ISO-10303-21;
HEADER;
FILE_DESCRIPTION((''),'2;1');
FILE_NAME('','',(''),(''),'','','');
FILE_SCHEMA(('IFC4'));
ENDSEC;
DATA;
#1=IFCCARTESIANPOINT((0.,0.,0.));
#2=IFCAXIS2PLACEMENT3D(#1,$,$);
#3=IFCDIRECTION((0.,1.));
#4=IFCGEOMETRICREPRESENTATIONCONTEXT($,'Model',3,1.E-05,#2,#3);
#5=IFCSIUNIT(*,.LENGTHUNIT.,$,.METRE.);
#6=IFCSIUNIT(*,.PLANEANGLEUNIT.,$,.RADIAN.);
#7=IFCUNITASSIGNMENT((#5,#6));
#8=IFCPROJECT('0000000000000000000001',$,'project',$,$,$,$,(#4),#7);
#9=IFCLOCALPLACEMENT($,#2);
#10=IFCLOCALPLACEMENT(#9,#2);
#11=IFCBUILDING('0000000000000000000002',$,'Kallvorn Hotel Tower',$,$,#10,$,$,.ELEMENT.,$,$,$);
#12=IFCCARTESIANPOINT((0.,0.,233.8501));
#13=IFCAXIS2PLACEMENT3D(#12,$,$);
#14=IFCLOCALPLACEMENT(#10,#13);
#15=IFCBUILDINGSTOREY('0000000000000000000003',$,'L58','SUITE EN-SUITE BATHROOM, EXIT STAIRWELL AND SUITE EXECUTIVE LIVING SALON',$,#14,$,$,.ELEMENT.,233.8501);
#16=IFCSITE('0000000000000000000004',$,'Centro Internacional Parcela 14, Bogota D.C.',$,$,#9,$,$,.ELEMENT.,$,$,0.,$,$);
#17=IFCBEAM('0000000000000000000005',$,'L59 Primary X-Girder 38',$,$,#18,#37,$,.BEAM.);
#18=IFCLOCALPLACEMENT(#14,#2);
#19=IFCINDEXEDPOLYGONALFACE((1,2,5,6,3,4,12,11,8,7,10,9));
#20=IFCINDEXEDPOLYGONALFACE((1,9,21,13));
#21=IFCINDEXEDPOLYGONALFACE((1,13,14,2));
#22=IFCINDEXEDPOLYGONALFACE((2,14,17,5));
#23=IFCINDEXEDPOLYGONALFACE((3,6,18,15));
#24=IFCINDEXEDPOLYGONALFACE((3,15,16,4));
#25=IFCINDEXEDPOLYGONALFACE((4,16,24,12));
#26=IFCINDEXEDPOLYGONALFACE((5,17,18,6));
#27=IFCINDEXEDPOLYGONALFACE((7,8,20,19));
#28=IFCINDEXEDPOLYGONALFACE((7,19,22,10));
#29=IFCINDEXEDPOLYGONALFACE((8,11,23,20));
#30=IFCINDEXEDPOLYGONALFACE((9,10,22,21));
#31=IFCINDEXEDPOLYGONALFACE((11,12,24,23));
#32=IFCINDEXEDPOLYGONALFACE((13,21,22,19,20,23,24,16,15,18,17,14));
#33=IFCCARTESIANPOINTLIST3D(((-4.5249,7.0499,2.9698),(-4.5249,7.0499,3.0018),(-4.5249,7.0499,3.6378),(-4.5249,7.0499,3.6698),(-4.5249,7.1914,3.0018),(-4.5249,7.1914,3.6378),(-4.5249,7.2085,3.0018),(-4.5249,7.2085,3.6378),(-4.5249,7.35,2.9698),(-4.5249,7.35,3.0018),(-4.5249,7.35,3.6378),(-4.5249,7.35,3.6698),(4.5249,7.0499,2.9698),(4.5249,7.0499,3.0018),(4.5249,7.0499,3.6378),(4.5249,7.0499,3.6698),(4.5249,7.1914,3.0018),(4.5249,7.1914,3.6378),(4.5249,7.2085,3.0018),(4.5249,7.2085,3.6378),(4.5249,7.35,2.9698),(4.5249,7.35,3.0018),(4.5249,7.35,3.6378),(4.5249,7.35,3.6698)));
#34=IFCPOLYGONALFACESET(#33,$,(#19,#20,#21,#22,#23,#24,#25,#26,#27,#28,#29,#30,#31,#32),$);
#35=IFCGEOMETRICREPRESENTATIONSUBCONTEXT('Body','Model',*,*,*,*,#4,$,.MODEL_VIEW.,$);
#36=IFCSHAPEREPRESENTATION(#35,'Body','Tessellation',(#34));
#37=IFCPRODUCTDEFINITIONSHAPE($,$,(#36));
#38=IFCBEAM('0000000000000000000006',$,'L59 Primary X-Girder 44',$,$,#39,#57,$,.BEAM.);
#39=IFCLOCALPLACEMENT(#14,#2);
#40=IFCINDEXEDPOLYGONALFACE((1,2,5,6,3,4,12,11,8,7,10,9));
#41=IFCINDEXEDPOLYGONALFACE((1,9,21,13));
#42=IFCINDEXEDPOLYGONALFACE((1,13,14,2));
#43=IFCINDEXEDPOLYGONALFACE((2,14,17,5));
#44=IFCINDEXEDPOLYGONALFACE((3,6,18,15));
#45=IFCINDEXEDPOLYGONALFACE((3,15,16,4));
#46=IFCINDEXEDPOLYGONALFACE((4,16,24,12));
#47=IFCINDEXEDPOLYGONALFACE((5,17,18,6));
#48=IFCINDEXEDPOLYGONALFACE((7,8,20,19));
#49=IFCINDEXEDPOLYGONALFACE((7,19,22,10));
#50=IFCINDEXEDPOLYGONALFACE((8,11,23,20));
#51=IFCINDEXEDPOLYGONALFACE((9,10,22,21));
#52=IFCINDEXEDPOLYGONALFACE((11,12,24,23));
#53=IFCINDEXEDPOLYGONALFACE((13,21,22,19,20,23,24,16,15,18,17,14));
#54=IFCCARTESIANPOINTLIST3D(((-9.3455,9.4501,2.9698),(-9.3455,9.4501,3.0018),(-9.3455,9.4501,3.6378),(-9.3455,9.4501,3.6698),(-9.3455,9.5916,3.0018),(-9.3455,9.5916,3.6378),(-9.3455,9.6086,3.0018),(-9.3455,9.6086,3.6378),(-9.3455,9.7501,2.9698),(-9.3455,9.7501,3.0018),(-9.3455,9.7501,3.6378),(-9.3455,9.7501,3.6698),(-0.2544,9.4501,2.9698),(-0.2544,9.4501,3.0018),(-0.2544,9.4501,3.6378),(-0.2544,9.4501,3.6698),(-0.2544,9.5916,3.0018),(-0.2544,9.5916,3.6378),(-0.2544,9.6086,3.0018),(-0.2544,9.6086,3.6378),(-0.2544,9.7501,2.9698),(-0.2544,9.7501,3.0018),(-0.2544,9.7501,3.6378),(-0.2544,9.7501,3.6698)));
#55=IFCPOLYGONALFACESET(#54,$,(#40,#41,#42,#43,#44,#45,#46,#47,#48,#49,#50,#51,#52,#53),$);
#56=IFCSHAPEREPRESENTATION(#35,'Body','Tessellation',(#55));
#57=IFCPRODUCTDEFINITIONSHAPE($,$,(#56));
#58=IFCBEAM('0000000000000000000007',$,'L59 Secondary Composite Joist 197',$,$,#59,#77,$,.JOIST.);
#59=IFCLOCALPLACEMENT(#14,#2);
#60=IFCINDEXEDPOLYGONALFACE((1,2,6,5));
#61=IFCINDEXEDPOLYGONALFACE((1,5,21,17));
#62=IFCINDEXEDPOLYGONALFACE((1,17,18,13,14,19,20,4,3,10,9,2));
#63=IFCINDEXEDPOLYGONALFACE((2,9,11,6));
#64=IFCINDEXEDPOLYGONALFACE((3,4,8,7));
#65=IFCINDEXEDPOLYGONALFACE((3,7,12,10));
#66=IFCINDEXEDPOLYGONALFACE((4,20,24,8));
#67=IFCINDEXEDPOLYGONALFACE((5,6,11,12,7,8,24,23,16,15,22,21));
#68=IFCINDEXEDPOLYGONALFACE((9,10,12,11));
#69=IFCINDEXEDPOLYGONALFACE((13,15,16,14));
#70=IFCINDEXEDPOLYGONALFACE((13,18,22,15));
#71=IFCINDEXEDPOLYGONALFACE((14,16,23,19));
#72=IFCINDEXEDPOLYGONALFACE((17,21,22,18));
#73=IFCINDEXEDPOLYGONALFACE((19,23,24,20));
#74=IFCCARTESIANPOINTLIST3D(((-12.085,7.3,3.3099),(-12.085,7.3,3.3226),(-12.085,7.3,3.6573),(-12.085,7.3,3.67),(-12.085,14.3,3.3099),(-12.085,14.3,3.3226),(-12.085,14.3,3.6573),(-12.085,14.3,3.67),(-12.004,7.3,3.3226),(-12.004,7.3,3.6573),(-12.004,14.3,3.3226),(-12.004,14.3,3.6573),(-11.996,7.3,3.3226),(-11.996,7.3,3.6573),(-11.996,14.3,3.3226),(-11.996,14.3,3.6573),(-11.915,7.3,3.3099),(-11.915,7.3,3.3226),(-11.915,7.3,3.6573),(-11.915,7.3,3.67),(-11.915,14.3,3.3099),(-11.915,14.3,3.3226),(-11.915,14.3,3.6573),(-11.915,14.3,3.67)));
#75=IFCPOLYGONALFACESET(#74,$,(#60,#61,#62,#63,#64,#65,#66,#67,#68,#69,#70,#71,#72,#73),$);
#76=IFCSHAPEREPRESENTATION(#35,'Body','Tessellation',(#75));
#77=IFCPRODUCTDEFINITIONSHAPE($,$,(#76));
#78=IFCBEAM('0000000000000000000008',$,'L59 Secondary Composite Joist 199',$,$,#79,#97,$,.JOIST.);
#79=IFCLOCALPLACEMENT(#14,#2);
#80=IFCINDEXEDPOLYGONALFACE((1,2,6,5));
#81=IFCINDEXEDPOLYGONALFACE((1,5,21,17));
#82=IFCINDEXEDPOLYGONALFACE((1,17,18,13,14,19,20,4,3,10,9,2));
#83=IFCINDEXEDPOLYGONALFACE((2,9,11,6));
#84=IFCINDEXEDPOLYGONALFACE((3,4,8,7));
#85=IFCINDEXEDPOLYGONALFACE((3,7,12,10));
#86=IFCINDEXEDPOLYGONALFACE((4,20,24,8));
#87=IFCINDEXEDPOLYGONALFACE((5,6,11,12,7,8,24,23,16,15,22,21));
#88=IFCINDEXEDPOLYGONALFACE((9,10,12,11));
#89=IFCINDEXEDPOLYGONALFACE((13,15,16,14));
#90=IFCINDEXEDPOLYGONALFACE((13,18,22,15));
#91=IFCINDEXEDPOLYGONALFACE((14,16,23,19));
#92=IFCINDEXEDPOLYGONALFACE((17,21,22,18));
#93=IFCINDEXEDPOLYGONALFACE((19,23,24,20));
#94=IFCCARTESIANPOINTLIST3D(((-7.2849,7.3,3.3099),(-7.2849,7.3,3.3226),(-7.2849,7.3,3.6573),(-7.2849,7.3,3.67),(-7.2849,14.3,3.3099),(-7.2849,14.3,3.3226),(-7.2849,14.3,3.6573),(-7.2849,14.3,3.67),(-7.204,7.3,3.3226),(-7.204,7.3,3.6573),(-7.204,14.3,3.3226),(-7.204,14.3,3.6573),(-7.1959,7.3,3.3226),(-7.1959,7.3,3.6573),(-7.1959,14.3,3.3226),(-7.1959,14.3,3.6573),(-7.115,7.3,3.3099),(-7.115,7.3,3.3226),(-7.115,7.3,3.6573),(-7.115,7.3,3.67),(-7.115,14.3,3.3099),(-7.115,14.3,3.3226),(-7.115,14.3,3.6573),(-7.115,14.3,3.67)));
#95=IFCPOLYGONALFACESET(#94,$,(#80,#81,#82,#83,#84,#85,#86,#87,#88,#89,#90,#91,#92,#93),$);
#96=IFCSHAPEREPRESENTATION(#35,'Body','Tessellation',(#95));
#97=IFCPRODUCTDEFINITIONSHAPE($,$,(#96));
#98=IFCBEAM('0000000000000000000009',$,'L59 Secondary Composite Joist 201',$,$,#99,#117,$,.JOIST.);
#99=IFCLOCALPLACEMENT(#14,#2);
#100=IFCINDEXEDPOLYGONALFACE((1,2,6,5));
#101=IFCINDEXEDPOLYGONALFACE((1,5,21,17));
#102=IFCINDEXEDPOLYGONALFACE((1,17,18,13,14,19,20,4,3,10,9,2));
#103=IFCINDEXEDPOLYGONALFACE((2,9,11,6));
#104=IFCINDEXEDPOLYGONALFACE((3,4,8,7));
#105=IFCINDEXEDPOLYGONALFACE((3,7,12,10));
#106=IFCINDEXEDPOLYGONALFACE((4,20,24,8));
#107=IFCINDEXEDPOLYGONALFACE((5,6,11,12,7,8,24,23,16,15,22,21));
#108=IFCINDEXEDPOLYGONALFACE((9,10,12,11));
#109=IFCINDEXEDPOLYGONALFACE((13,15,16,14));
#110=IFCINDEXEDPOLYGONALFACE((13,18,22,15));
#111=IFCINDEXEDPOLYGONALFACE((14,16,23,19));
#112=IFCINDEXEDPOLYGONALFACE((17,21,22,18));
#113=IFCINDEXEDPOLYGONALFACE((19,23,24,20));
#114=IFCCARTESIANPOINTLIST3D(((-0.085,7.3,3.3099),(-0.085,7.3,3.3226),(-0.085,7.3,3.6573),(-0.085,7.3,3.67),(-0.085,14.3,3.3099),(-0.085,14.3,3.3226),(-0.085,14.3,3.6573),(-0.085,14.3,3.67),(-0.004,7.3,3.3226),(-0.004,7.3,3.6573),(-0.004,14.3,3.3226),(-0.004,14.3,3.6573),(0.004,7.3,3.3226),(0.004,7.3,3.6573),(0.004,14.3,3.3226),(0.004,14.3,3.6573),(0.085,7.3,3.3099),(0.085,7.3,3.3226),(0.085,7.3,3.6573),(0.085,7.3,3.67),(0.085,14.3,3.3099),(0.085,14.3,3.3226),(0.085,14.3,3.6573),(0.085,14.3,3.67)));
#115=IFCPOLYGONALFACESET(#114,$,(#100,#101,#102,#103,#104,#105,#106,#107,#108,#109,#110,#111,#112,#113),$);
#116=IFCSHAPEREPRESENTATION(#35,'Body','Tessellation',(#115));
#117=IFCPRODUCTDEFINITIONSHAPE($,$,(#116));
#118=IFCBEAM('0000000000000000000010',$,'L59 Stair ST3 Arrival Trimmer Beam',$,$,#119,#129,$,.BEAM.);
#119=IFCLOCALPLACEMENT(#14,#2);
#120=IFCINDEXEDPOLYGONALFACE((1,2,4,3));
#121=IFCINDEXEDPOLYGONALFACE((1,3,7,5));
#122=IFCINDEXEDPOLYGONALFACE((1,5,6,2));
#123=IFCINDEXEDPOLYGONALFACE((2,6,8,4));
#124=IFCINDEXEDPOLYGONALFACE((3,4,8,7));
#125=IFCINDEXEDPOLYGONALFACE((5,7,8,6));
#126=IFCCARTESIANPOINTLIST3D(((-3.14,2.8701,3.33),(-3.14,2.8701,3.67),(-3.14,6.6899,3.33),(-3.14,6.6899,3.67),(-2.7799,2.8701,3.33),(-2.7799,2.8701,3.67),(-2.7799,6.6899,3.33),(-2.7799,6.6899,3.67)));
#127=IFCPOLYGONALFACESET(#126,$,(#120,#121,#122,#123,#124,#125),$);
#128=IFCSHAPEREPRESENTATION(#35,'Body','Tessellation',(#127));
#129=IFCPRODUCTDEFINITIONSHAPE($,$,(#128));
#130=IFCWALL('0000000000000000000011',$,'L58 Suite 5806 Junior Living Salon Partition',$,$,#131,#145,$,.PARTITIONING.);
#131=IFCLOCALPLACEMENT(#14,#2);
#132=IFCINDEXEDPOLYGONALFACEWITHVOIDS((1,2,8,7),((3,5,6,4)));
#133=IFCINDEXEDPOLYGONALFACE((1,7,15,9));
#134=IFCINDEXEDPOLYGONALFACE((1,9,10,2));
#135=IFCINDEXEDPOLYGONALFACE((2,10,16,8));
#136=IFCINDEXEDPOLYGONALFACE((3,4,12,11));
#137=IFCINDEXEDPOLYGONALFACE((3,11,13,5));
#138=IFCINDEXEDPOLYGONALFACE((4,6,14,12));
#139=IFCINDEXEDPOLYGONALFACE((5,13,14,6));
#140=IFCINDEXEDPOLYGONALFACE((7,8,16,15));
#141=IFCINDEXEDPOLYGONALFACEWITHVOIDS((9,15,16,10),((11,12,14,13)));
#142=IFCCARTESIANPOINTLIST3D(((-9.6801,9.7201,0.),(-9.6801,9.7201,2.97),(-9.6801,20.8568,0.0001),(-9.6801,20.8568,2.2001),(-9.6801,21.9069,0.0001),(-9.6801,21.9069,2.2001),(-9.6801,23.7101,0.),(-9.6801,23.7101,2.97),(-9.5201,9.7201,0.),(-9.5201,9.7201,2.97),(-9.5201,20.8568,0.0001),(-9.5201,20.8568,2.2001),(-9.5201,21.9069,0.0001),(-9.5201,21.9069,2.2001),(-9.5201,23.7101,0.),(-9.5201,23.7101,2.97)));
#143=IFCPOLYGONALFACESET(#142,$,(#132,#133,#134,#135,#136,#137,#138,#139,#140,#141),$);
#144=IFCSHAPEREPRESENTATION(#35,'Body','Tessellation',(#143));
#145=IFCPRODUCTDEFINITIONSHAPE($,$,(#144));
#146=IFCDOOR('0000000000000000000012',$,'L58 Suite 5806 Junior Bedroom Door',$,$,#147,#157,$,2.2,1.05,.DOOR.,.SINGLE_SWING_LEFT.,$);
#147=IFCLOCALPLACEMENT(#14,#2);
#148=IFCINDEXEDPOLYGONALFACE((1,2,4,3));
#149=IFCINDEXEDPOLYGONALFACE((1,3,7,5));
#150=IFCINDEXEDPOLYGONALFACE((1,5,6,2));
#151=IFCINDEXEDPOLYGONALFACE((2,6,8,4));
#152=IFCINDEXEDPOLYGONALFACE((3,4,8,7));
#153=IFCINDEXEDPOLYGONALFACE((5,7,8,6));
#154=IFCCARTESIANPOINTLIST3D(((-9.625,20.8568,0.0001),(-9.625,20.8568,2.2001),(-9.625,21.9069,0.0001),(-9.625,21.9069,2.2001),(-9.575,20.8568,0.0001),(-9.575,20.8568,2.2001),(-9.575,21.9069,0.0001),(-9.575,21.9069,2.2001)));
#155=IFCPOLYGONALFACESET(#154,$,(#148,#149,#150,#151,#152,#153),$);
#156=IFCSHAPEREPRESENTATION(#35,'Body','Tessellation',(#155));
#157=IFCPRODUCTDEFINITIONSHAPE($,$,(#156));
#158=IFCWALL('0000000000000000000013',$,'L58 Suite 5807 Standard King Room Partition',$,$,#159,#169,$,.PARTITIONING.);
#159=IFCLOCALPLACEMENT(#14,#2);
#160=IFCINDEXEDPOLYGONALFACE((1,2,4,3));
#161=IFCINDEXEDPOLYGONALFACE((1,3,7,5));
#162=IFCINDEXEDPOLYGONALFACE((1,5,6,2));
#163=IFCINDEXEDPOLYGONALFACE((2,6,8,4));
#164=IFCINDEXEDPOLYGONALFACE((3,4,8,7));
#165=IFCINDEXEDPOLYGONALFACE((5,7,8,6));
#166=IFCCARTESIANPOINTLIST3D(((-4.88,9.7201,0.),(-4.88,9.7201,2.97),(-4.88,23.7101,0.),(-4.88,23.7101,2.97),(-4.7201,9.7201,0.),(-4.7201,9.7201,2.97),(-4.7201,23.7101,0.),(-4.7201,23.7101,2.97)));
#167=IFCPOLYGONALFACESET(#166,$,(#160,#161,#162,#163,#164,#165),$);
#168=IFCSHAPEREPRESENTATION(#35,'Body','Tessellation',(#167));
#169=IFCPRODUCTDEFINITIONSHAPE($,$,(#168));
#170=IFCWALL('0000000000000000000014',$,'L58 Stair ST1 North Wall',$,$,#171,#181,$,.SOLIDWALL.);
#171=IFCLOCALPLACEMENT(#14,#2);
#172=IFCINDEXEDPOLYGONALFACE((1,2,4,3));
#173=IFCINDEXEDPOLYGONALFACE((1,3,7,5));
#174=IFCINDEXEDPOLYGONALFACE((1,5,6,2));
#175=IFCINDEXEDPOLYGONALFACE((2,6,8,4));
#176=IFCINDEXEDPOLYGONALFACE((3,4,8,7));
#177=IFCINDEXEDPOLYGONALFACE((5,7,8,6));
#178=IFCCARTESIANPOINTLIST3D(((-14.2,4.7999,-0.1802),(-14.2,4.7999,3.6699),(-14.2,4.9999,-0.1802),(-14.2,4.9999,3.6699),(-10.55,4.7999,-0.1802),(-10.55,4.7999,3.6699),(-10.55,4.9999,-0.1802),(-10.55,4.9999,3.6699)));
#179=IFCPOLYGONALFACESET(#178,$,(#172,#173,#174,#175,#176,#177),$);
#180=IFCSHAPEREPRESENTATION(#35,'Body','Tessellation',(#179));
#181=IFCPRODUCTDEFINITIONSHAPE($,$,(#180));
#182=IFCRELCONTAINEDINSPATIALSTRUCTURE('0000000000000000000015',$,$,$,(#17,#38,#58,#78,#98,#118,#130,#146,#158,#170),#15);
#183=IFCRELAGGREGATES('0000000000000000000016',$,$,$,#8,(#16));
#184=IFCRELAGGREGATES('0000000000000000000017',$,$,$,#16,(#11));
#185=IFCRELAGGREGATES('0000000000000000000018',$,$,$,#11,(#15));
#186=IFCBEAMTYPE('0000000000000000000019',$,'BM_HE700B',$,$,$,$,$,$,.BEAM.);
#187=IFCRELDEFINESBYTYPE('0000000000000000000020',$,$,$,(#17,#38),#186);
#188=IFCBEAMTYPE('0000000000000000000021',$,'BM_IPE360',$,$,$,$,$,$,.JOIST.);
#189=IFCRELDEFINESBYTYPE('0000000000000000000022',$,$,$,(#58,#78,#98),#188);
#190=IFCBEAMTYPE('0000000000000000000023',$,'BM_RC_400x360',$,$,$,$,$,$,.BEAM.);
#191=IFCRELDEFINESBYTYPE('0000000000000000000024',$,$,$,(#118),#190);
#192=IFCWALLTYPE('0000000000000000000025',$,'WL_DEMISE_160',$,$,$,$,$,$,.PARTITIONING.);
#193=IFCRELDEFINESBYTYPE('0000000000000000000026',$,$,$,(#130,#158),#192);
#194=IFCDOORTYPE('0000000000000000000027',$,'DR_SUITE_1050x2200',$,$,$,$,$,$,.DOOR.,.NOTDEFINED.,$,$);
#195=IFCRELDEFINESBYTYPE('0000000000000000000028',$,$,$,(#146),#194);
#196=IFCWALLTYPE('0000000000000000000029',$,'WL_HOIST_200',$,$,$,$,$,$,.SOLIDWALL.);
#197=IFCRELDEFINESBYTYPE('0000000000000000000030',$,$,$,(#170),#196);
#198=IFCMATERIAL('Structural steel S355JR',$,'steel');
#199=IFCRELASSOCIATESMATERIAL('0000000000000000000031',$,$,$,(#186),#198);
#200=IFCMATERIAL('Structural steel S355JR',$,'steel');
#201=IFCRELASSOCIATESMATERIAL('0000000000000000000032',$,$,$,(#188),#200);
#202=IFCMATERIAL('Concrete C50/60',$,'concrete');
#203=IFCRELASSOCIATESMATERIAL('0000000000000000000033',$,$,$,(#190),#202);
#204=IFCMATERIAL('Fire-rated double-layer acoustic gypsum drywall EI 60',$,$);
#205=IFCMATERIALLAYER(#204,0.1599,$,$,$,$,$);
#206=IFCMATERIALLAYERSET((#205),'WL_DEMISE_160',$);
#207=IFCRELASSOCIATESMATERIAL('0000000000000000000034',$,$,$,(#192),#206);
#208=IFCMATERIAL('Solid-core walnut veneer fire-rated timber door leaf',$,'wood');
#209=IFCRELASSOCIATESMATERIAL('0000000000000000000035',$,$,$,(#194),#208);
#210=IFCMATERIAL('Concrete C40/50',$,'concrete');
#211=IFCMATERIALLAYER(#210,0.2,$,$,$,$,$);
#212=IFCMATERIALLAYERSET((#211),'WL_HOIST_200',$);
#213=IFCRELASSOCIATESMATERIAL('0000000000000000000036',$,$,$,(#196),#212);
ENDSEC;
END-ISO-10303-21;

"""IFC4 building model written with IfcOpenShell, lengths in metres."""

from ifc_helpers import new_model, si_unit, direction, frame, frame_2d, origin, origin_2d, place, context, subcontext, project, spatial, rectangle, i_section, extrude, material, layer, layer_set, material_profile, profile_set, type_object, element, fill, save


model = new_model("IFC4")

# Units and contexts
model_context = context("Model", 3, precision=1e-05, world=origin(), true_north=direction((0.0, 1.0)))
body_context = subcontext(model_context, "Body", "Model", "MODEL_VIEW")
ifc_project = project(units=[si_unit("LENGTHUNIT", "METRE"), si_unit("PLANEANGLEUNIT", "RADIAN")], contexts=[model_context])

# Site, building, storey
site_placement = place(None, origin())
site = spatial("IfcSite", under=ifc_project, at=site_placement, Name="Centro Internacional Parcela 14, Bogota D.C.", CompositionType="ELEMENT", RefElevation=0.0)
building_placement = place(site_placement, origin())
building = spatial("IfcBuilding", under=site, at=building_placement, Name="Kallvorn Hotel Tower", CompositionType="ELEMENT")
storey_placement = place(building_placement, frame((0.0, 0.0, 233.8501)))
storey = spatial("IfcBuildingStorey", under=building, at=storey_placement, Name="L58", Description="SUITE EN-SUITE BATHROOM, EXIT STAIRWELL AND SUITE EXECUTIVE LIVING SALON", CompositionType="ELEMENT", Elevation=233.8501)

# Beams
ifc_material_1 = material(Name="Structural steel S355JR", Category="steel")
ifc_material_profile_1 = material_profile(ifc_material_1, i_section(OverallWidth=0.3, OverallDepth=0.7, WebThickness=0.0171, FlangeThickness=0.032, at=origin_2d()), Name="HE 700 B")
ifc_profile_set_1 = profile_set([ifc_material_profile_1], Name="Structural steel S355JR")
beam_type_1 = type_object("IfcBeamType", Name="BM_HE700B", PredefinedType="BEAM", material=ifc_profile_set_1)
beam_1_placement = place(storey_placement, frame((-4.5249, 7.2, 3.3198), z_axis=(1.0, 0.0, 0.0), x_axis=(0.0, 1.0, 0.0)))
element("IfcBeam", 1, at=beam_1_placement, inside=storey, type_object=beam_type_1, Name="L59 Primary X-Girder 38", PredefinedType="BEAM", context=body_context, shape_type="SweptSolid", body=[
    extrude(i_section(OverallWidth=0.3, OverallDepth=0.7, WebThickness=0.0171, FlangeThickness=0.032, at=origin_2d()), origin(), (0.0, 0.0, 1.0), 9.0498),
])
beam_2_placement = place(storey_placement, frame((-9.3455, 9.6001, 3.3198), z_axis=(1.0, 0.0, 0.0), x_axis=(0.0, 1.0, 0.0)))
element("IfcBeam", 2, at=beam_2_placement, inside=storey, type_object=beam_type_1, Name="L59 Primary X-Girder 44", PredefinedType="BEAM", context=body_context, shape_type="SweptSolid", body=[
    extrude(i_section(OverallWidth=0.3, OverallDepth=0.7, WebThickness=0.0171, FlangeThickness=0.032, at=origin_2d()), origin(), (0.0, 0.0, 1.0), 9.0911),
])
ifc_material_2 = material(Name="Structural steel S355JR", Category="steel")
ifc_material_profile_2 = material_profile(ifc_material_2, i_section(OverallWidth=0.1699, OverallDepth=0.3601, WebThickness=0.0081, FlangeThickness=0.0127, at=origin_2d()), Name="IPE 360")
ifc_profile_set_2 = profile_set([ifc_material_profile_2], Name="Structural steel S355JR")
beam_type_2 = type_object("IfcBeamType", Name="BM_IPE360", PredefinedType="JOIST", material=ifc_profile_set_2)
for number, where, z_axis, x_axis, name in (
    (3, (-12.0, 7.3, 3.49), (0.0, 1.0, 0.0), (-1.0, 0.0, 0.0), "L59 Secondary Composite Joist 197"),
    (4, (-7.2, 7.3, 3.49), (0.0, 1.0, 0.0), (-1.0, 0.0, 0.0), "L59 Secondary Composite Joist 199"),
    (5, (0.0, 7.3, 3.49), (0.0, 1.0, 0.0), (-1.0, 0.0, 0.0), "L59 Secondary Composite Joist 201"),
):
    element("IfcBeam", number, at=place(storey_placement, frame(where, z_axis=z_axis, x_axis=x_axis)), inside=storey, type_object=beam_type_2, Name=name, PredefinedType="JOIST", context=body_context, shape_type="SweptSolid", body=[
        extrude(i_section(OverallWidth=0.1699, OverallDepth=0.3601, WebThickness=0.0081, FlangeThickness=0.0127, at=origin_2d()), origin(), (0.0, 0.0, 1.0), 7.0),
    ])
ifc_material_3 = material(Name="Concrete C50/60", Category="concrete")
ifc_material_profile_3 = material_profile(ifc_material_3, rectangle(XDim=0.3601, YDim=0.3401, at=origin_2d()), Name="RC 360x340")
ifc_profile_set_3 = profile_set([ifc_material_profile_3], Name="Concrete C50/60")
beam_type_3 = type_object("IfcBeamType", Name="BM_RC_400x360", PredefinedType="BEAM", material=ifc_profile_set_3)
beam_3_placement = place(storey_placement, frame((-2.96, 2.8701, 3.5), z_axis=(0.0, 1.0, 0.0), x_axis=(-1.0, 0.0, 0.0)))
element("IfcBeam", 6, at=beam_3_placement, inside=storey, type_object=beam_type_3, Name="L59 Stair ST3 Arrival Trimmer Beam", PredefinedType="BEAM", context=body_context, shape_type="SweptSolid", body=[
    extrude(rectangle(XDim=0.3601, YDim=0.3401, at=origin_2d()), origin(), (0.0, 0.0, 1.0), 3.8198),
])

# Wall, opening, door
ifc_material_4 = material(Name="Fire-rated double-layer acoustic gypsum drywall EI 60")
ifc_layer_1 = layer(ifc_material_4, 0.1599)
ifc_layer_set_1 = layer_set([ifc_layer_1], Name="WL_DEMISE_160")
wall_type_1 = type_object("IfcWallType", Name="WL_DEMISE_160", PredefinedType="PARTITIONING", material=ifc_layer_set_1)
wall_1_placement = place(storey_placement, frame((-9.6001, 9.72, 0.0), z_axis=(0.0, 0.0, 1.0), x_axis=(0.0, 1.0, 0.0)))
wall_1 = element("IfcWall", 7, at=wall_1_placement, inside=storey, type_object=wall_type_1, Name="L58 Suite 5806 Junior Living Salon Partition", PredefinedType="PARTITIONING", context=body_context, shape_type="SweptSolid", body=[
    extrude(rectangle(XDim=13.99, YDim=0.1599, at=frame_2d((6.9951, 0.0))), origin(), (0.0, 0.0, 1.0), 2.97),
])
opening_1_placement = place(wall_1_placement, frame((11.137, 0.0, 0.0)))
opening_1 = element("IfcOpeningElement", 8, at=opening_1_placement, cuts=wall_1, PredefinedType="OPENING", context=body_context, shape_type="SweptSolid", body=[
    extrude(rectangle(XDim=1.05, YDim=2.2, at=frame_2d((0.5249, 1.1001))), frame((0.0, 0.095, 0.0), z_axis=(0.0, -1.0, 0.0), x_axis=(1.0, 0.0, 0.0)), (0.0, 0.0, 1.0), 0.1899),
])
ifc_material_5 = material(Name="Solid-core walnut veneer fire-rated timber door leaf", Category="wood")
door_type_1 = type_object("IfcDoorType", Name="DR_SUITE_1050x2200", OperationType="NOTDEFINED", PredefinedType="DOOR", material=ifc_material_5)
door_1_placement = place(opening_1_placement, origin())
door_1 = element("IfcDoor", 9, at=door_1_placement, inside=storey, type_object=door_type_1, Name="L58 Suite 5806 Junior Bedroom Door", OperationType="SINGLE_SWING_LEFT", OverallHeight=2.2, OverallWidth=1.05, PredefinedType="DOOR", context=body_context, shape_type="SweptSolid", body=[
    extrude(rectangle(XDim=1.05, YDim=2.2, at=frame_2d((0.5249, 1.1001))), frame((0.0, 0.0249, 0.0), z_axis=(0.0, -1.0, 0.0), x_axis=(1.0, 0.0, 0.0)), (0.0, 0.0, 1.0), 0.05),
])
fill(opening_1, door_1)

# Walls
wall_2_placement = place(storey_placement, frame((-4.8, 9.72, 0.0), z_axis=(0.0, 0.0, 1.0), x_axis=(0.0, 1.0, 0.0)))
element("IfcWall", 10, at=wall_2_placement, inside=storey, type_object=wall_type_1, Name="L58 Suite 5807 Standard King Room Partition", PredefinedType="PARTITIONING", context=body_context, shape_type="SweptSolid", body=[
    extrude(rectangle(XDim=13.99, YDim=0.1599, at=frame_2d((6.9951, 0.0))), origin(), (0.0, 0.0, 1.0), 2.97),
])
ifc_material_6 = material(Name="Concrete C40/50", Category="concrete")
ifc_layer_2 = layer(ifc_material_6, 0.2)
ifc_layer_set_2 = layer_set([ifc_layer_2], Name="WL_HOIST_200")
wall_type_2 = type_object("IfcWallType", Name="WL_HOIST_200", PredefinedType="SOLIDWALL", material=ifc_layer_set_2)
wall_3_placement = place(storey_placement, frame((-14.2, 4.8999, -0.1802), z_axis=(0.0, 0.0, 1.0), x_axis=(1.0, 0.0, 0.0)))
element("IfcWall", 11, at=wall_3_placement, inside=storey, type_object=wall_type_2, Name="L58 Stair ST1 North Wall", PredefinedType="SOLIDWALL", context=body_context, shape_type="SweptSolid", body=[
    extrude(rectangle(XDim=3.6499, YDim=0.2, at=frame_2d((1.825, 0.0))), origin(), (0.0, 0.0, 1.0), 3.8501),
])

save(model, "model.ifc")
